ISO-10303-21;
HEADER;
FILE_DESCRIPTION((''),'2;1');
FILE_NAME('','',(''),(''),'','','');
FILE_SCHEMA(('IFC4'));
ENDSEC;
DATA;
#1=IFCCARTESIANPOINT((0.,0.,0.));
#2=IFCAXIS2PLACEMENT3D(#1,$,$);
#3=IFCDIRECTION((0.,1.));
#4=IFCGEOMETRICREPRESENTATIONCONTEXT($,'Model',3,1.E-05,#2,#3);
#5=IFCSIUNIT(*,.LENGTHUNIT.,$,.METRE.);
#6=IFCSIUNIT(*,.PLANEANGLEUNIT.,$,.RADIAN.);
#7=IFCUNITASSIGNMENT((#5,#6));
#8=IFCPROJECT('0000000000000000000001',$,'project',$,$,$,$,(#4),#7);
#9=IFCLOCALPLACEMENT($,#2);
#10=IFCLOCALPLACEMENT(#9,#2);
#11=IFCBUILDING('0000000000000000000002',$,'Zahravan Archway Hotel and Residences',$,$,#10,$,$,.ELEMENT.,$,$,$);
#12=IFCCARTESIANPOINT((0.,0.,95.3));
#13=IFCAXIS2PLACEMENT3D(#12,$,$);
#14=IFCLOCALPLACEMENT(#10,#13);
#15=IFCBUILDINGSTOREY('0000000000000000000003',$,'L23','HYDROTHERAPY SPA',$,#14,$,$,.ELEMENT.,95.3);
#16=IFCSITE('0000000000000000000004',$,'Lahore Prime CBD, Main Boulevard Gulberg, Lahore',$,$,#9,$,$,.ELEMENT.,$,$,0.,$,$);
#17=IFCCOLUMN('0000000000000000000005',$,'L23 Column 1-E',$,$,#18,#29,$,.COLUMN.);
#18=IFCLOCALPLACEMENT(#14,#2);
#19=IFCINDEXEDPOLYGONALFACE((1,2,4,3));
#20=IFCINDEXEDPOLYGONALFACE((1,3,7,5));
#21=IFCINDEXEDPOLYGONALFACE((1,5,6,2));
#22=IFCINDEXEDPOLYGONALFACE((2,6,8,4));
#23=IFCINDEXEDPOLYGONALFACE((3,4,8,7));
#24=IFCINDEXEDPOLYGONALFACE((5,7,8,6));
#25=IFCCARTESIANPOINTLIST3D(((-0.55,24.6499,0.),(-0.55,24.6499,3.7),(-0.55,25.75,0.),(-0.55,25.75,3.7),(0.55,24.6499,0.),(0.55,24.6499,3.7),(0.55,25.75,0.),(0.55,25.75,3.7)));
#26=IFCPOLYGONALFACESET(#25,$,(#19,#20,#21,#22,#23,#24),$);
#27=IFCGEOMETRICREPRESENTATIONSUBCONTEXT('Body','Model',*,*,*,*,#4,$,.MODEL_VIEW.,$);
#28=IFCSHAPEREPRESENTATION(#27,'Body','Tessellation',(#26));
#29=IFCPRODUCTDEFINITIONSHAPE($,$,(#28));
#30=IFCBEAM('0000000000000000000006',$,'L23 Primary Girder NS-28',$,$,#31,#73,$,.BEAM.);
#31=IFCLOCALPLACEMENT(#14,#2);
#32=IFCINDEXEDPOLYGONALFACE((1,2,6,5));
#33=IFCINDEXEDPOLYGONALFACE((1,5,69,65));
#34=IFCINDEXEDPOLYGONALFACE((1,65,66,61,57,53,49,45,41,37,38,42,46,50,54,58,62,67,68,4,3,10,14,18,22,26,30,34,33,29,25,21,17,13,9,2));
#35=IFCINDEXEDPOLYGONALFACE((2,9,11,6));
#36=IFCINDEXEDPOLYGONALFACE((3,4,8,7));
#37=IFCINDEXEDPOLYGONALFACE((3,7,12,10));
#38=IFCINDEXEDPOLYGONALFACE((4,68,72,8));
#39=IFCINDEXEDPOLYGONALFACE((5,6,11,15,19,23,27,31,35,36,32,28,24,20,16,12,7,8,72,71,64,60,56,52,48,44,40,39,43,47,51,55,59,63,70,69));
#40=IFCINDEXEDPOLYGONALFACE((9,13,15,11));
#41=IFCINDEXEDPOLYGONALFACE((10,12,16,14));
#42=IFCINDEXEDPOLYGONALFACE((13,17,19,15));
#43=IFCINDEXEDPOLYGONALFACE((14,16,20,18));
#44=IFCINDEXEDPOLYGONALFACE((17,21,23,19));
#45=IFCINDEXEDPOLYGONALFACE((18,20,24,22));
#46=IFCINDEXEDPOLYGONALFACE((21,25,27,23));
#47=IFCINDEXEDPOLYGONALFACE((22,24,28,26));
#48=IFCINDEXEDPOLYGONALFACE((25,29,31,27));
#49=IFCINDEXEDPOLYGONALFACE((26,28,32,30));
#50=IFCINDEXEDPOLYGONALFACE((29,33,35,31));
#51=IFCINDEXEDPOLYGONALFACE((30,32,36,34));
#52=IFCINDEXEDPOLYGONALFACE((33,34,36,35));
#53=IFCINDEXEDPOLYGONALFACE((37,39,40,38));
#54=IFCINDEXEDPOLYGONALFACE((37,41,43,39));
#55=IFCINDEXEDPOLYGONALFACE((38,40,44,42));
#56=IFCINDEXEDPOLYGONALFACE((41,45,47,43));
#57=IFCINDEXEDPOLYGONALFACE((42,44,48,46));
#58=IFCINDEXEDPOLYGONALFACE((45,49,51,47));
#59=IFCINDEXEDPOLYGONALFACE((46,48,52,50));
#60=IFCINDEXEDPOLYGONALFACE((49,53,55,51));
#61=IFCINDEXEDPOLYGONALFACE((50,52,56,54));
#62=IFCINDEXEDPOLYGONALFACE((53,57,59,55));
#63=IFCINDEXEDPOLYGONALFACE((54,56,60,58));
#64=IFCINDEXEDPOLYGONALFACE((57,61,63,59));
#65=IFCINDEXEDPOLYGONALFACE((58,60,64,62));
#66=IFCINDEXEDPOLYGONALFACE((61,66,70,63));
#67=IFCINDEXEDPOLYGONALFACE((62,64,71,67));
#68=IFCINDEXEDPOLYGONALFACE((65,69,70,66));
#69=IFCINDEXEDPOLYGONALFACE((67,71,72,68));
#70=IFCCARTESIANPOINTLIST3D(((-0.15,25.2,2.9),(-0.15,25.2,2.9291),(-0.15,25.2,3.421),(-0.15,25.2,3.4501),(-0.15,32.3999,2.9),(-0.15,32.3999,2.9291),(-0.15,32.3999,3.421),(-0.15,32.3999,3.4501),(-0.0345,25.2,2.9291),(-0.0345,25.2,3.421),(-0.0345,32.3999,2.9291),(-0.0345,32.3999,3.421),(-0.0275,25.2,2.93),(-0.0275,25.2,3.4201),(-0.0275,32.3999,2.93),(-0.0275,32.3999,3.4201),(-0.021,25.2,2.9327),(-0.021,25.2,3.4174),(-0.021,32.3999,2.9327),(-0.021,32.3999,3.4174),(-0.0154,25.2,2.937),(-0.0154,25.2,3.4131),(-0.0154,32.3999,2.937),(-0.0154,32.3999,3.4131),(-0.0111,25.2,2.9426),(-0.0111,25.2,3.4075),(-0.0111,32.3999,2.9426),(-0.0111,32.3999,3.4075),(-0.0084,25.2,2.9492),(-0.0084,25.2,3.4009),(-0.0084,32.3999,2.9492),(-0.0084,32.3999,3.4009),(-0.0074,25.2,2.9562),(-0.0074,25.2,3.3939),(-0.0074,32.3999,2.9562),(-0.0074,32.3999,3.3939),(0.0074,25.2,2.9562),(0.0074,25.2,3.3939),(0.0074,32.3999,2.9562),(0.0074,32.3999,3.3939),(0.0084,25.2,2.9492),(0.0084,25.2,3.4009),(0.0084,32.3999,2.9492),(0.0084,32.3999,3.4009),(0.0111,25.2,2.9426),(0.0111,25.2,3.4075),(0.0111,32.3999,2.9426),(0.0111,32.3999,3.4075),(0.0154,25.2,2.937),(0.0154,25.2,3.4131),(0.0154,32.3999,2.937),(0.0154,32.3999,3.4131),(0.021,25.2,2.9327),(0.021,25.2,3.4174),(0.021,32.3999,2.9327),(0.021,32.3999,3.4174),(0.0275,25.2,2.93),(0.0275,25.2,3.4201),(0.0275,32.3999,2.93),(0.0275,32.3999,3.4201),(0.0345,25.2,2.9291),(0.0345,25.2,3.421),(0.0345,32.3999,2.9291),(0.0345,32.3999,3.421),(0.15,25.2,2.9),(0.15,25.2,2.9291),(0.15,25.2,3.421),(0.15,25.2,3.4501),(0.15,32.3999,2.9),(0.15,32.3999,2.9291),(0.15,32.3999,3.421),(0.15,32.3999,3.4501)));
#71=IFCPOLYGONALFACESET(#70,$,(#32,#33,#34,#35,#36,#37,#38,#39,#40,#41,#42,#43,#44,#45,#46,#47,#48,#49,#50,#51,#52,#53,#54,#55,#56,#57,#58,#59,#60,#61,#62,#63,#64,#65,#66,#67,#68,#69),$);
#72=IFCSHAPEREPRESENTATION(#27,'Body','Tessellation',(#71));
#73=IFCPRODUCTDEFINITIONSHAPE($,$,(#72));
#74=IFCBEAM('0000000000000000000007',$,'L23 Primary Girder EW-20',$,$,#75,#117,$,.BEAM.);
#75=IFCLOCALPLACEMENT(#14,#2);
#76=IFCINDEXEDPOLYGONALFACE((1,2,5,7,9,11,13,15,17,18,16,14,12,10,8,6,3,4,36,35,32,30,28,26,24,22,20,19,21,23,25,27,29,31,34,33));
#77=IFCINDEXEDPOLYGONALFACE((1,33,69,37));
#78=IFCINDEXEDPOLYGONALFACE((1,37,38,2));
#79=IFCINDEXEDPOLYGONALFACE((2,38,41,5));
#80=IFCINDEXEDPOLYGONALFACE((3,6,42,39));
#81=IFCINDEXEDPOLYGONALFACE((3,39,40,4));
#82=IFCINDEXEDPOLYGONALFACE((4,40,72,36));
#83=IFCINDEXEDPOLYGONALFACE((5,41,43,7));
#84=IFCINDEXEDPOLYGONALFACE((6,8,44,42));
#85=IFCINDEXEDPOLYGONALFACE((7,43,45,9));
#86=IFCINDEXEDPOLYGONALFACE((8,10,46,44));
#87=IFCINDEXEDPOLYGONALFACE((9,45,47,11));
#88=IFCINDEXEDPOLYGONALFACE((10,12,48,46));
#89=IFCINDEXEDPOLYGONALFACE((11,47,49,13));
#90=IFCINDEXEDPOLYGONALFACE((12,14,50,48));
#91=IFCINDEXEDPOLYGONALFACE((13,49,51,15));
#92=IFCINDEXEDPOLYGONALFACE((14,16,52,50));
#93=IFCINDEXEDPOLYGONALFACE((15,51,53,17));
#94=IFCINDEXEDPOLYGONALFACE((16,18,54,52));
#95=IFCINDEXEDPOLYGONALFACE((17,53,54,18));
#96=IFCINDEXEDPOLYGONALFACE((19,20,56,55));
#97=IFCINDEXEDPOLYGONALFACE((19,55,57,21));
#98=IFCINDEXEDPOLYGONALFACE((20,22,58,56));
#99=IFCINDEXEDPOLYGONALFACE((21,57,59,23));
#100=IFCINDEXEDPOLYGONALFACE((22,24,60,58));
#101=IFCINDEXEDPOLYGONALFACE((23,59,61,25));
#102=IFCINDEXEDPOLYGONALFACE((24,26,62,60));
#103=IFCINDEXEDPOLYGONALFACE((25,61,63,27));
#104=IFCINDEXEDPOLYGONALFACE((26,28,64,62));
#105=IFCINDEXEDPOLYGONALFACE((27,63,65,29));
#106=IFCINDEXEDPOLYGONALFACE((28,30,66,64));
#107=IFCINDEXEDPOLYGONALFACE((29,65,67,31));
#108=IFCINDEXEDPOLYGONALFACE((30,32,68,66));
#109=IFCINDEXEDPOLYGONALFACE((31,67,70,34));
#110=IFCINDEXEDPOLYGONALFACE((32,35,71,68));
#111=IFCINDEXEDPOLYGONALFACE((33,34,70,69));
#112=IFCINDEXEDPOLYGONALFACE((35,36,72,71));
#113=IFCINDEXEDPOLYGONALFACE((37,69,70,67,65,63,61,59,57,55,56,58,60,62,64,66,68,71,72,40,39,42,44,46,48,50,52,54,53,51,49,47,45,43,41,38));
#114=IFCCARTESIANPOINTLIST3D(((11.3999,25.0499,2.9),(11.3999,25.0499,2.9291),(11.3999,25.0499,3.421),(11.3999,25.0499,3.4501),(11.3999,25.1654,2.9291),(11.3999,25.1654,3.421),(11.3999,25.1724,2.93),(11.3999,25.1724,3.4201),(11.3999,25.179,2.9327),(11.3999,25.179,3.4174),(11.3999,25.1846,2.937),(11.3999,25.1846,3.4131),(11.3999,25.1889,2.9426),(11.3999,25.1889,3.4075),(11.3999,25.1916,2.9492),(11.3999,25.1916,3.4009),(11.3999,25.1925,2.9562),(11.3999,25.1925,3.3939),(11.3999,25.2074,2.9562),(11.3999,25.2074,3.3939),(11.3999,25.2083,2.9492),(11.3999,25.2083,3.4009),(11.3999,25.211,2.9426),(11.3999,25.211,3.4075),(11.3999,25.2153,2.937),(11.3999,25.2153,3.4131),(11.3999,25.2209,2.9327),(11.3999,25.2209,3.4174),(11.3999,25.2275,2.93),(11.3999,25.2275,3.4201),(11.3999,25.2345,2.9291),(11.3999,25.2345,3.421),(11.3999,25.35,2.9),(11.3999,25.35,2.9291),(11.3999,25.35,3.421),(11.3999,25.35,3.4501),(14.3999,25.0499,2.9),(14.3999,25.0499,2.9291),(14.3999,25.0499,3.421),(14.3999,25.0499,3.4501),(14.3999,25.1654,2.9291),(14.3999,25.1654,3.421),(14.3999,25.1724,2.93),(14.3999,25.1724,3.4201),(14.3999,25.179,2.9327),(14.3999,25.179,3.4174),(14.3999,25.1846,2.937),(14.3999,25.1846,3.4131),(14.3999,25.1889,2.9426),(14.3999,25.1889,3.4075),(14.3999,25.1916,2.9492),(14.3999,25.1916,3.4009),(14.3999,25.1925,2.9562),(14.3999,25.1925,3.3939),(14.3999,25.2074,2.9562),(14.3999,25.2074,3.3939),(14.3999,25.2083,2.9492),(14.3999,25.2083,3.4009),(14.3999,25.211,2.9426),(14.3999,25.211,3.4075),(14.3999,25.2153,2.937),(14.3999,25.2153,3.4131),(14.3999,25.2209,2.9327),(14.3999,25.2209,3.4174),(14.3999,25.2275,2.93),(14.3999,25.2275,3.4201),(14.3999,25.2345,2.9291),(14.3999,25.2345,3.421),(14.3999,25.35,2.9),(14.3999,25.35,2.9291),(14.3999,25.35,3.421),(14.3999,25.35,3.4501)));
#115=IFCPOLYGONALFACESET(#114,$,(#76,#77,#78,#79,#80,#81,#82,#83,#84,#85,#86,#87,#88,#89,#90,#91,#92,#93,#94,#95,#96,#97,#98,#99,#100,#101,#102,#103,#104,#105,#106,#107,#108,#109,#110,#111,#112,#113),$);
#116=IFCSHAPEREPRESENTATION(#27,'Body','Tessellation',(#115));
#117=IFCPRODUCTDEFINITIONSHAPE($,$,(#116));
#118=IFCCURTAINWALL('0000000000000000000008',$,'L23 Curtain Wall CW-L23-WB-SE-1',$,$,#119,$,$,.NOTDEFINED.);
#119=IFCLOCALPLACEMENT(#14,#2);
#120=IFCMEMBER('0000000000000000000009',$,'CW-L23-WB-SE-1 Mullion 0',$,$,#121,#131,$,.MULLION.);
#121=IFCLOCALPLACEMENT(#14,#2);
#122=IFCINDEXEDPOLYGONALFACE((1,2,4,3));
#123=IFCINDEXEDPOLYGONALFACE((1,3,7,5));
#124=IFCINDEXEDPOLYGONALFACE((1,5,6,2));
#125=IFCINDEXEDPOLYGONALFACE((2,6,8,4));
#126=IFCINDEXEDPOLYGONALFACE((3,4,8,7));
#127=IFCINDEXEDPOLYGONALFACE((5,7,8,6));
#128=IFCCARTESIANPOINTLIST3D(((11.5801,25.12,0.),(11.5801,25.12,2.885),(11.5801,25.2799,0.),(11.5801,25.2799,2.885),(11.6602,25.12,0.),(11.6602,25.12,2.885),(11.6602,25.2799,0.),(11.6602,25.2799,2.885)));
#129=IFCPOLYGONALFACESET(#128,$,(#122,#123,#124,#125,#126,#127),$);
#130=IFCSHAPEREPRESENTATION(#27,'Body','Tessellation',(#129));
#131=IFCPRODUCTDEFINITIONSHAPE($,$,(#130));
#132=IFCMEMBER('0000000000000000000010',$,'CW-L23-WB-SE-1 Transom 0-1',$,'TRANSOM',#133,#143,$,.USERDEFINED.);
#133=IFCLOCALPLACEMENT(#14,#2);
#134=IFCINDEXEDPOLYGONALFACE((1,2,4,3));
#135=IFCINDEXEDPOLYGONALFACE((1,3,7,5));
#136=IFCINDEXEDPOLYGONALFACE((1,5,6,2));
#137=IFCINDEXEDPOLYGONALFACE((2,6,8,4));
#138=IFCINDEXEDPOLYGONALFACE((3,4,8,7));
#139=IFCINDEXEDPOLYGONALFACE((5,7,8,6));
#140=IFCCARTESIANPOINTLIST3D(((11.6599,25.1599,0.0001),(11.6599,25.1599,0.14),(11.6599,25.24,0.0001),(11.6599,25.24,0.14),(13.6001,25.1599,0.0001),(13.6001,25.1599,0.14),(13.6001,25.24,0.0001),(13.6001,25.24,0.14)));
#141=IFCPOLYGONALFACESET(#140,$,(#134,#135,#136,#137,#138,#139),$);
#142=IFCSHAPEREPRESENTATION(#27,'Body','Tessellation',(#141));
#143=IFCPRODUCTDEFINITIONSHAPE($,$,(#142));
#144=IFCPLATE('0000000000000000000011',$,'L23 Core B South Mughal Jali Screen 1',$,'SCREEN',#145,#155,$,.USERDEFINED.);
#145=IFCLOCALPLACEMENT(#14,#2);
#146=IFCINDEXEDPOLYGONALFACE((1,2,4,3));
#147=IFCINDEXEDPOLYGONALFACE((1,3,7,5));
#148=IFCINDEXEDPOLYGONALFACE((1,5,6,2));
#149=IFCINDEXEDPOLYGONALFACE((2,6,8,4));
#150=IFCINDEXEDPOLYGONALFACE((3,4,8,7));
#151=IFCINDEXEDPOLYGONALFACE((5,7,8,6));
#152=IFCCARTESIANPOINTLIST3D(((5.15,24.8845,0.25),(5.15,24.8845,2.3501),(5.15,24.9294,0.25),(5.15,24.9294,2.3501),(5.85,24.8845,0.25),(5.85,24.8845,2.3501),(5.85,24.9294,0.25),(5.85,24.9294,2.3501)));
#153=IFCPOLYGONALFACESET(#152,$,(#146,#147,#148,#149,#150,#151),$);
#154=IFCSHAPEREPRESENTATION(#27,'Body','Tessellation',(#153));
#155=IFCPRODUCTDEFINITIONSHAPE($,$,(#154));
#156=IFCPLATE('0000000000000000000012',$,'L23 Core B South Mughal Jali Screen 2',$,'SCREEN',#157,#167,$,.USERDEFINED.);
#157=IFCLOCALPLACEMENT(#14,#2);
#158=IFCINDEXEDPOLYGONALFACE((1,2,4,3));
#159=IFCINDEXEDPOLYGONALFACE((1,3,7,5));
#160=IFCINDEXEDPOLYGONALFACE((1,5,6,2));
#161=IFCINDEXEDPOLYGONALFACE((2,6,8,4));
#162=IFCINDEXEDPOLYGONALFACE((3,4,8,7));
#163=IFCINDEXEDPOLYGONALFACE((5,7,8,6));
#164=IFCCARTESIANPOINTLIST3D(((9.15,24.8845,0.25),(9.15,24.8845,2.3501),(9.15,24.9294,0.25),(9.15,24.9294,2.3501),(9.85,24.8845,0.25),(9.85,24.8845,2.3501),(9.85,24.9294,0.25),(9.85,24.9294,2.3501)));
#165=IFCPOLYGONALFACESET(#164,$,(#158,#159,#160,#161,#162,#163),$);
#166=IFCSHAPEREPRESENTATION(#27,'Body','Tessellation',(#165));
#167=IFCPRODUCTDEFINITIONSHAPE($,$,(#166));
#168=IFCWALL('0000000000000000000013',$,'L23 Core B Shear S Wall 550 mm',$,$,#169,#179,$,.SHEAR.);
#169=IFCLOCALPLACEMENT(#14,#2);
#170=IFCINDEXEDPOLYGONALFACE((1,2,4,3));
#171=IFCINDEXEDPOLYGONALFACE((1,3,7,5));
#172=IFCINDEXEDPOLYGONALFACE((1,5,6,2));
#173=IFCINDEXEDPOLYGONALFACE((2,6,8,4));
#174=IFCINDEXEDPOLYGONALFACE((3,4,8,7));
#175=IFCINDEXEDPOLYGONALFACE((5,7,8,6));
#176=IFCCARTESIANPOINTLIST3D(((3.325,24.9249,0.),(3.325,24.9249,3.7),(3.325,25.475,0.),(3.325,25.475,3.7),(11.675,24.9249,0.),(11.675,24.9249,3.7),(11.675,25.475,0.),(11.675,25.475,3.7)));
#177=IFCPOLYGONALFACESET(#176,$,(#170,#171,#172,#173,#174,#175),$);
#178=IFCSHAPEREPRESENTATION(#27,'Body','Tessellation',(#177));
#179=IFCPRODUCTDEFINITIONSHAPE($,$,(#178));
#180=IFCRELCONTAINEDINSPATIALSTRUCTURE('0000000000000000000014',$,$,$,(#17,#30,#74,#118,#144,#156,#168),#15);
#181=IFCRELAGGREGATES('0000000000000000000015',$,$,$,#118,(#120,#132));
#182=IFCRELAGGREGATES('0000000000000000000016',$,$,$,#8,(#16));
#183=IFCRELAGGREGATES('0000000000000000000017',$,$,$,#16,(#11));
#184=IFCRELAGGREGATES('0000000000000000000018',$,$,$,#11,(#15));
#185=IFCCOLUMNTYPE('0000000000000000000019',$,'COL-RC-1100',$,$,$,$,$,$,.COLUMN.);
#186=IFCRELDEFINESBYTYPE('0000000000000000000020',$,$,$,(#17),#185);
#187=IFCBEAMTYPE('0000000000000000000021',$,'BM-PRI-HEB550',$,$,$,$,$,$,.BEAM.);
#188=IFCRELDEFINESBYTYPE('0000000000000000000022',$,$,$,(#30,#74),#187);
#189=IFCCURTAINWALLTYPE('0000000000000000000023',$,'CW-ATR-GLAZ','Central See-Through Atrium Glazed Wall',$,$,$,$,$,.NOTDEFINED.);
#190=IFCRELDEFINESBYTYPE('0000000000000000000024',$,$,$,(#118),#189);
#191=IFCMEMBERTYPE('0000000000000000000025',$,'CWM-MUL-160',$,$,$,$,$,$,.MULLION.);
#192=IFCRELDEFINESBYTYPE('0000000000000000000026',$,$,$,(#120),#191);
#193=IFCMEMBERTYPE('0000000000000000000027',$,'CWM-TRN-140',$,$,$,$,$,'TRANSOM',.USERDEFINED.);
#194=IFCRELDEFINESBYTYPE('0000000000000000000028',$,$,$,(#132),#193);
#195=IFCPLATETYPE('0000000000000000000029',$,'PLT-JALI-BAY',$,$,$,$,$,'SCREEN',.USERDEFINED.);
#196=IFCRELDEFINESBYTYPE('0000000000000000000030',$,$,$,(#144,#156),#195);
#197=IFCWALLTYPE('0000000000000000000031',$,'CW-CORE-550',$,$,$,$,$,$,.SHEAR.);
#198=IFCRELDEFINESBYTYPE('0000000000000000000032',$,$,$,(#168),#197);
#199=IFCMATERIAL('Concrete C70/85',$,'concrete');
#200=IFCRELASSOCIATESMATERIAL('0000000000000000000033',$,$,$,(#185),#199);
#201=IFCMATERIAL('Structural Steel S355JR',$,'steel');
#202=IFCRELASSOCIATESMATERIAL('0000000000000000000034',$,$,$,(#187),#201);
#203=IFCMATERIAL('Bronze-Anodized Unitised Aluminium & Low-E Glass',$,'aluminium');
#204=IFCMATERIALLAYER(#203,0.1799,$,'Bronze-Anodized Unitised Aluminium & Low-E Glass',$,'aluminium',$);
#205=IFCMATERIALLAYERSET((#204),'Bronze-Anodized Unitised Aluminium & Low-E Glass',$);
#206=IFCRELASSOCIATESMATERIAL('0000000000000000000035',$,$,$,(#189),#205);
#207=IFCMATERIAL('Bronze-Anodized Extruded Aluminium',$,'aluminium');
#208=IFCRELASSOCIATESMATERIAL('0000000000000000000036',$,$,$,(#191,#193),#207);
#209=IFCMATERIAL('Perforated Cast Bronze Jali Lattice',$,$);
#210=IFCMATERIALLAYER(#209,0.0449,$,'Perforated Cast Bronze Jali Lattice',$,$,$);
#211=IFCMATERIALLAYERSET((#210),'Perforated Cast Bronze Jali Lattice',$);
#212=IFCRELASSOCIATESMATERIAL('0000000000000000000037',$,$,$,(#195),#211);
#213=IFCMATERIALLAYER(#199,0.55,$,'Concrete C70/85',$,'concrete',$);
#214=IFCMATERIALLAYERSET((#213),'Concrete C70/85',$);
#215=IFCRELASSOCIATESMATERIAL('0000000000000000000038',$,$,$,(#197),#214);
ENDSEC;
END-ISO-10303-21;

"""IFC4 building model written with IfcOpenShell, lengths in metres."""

from ifc_helpers import new_model, si_unit, direction, frame, frame_2d, origin, origin_2d, place, context, subcontext, project, spatial, rectangle, i_section, extrude, source, transform, mapped, material, layer, layer_set, material_profile, profile_set, type_object, type_shapes, element, aggregate, save


model = new_model("IFC4")

# Units and contexts
model_context = context("Model", 3, precision=1e-05, world=origin(), true_north=direction((0.0, 1.0)))
body_context = subcontext(model_context, "Body", "Model", "MODEL_VIEW")
ifc_project = project(units=[si_unit("LENGTHUNIT", "METRE"), si_unit("PLANEANGLEUNIT", "RADIAN")], contexts=[model_context])

# Site, building, storey
site_placement = place(None, origin())
site = spatial("IfcSite", under=ifc_project, at=site_placement, Name="Lahore Prime CBD, Main Boulevard Gulberg, Lahore", CompositionType="ELEMENT", RefElevation=0.0)
building_placement = place(site_placement, origin())
building = spatial("IfcBuilding", under=site, at=building_placement, Name="Zahravan Archway Hotel and Residences", CompositionType="ELEMENT")
storey_placement = place(building_placement, frame((0.0, 0.0, 95.3)))
storey = spatial("IfcBuildingStorey", under=building, at=storey_placement, Name="L23", Description="HYDROTHERAPY SPA", CompositionType="ELEMENT", Elevation=95.3)

# Column
ifc_material_1 = material(Name="Concrete C70/85", Category="concrete")
ifc_material_profile_1 = material_profile(ifc_material_1, rectangle(XDim=1.1001, YDim=1.1001, at=origin_2d()), Name="RC 1100x1100", Category="concrete")
ifc_profile_set_1 = profile_set([ifc_material_profile_1], Name="Concrete C70/85")
column_type = type_object("IfcColumnType", Name="COL-RC-1100", PredefinedType="COLUMN", material=ifc_profile_set_1)
shared_shape_1 = source(origin(), body_context, "Body", "SweptSolid", [
    extrude(rectangle(XDim=1.1001, YDim=1.1001, at=origin_2d()), origin(), (0.0, 0.0, 1.0), 3.7),
])
column_placement = place(storey_placement, frame((0.0, 25.2, 0.0), z_axis=(0.0, 0.0, 1.0), x_axis=(1.0, 0.0, 0.0)))
element("IfcColumn", 1, at=column_placement, inside=storey, type_object=column_type, Name="L23 Column 1-E", PredefinedType="COLUMN", context=body_context, shape_type="MappedRepresentation", body=[
    mapped(shared_shape_1, transform((0.0, 0.0, 0.0), scale=1.0)),
])

# Beams
ifc_material_2 = material(Name="Structural Steel S355JR", Category="steel")
ifc_material_profile_2 = material_profile(ifc_material_2, i_section(OverallWidth=0.3, OverallDepth=0.55, WebThickness=0.0149, FlangeThickness=0.0291, FilletRadius=0.0271, at=origin_2d()), Name="HEB 550", Category="steel")
ifc_profile_set_2 = profile_set([ifc_material_profile_2], Name="Structural Steel S355JR")
beam_type = type_object("IfcBeamType", Name="BM-PRI-HEB550", PredefinedType="BEAM", material=ifc_profile_set_2)
shared_shape_2 = source(origin(), body_context, "Body", "SweptSolid", [
    extrude(i_section(OverallWidth=0.3, OverallDepth=0.55, WebThickness=0.0149, FlangeThickness=0.0291, FilletRadius=0.0271, at=origin_2d()), origin(), (0.0, 0.0, 1.0), 7.2),
])
beam_1_placement = place(storey_placement, frame((0.0, 25.2, 3.175), z_axis=(0.0, 1.0, 0.0), x_axis=(-1.0, 0.0, 0.0)))
element("IfcBeam", 2, at=beam_1_placement, inside=storey, type_object=beam_type, Name="L23 Primary Girder NS-28", PredefinedType="BEAM", context=body_context, shape_type="MappedRepresentation", body=[
    mapped(shared_shape_2, transform((0.0, 0.0, 0.0), scale=1.0)),
])
shared_shape_3 = source(origin(), body_context, "Body", "SweptSolid", [
    extrude(i_section(OverallWidth=0.3, OverallDepth=0.55, WebThickness=0.0149, FlangeThickness=0.0291, FilletRadius=0.0271, at=origin_2d()), origin(), (0.0, 0.0, 1.0), 3.0),
])
beam_2_placement = place(storey_placement, frame((11.3999, 25.2, 3.175), z_axis=(1.0, 0.0, 0.0), x_axis=(0.0, 1.0, 0.0)))
element("IfcBeam", 3, at=beam_2_placement, inside=storey, type_object=beam_type, Name="L23 Primary Girder EW-20", PredefinedType="BEAM", context=body_context, shape_type="MappedRepresentation", body=[
    mapped(shared_shape_3, transform((0.0, 0.0, 0.0), scale=1.0)),
])

# Curtain wall, members
ifc_material_3 = material(Name="Bronze-Anodized Unitised Aluminium & Low-E Glass", Category="aluminium")
ifc_layer_1 = layer(ifc_material_3, 0.1799, Name="Bronze-Anodized Unitised Aluminium & Low-E Glass", Category="aluminium")
ifc_layer_set_1 = layer_set([ifc_layer_1], Name="Bronze-Anodized Unitised Aluminium & Low-E Glass")
curtain_wall_type = type_object("IfcCurtainWallType", Name="CW-ATR-GLAZ", Description="Central See-Through Atrium Glazed Wall", PredefinedType="NOTDEFINED", material=ifc_layer_set_1)
curtain_wall_placement = place(storey_placement, origin())
curtain_wall = element("IfcCurtainWall", 4, at=curtain_wall_placement, inside=storey, type_object=curtain_wall_type, Name="L23 Curtain Wall CW-L23-WB-SE-1", PredefinedType="NOTDEFINED")
ifc_material_4 = material(Name="Bronze-Anodized Extruded Aluminium", Category="aluminium")
ifc_material_profile_3 = material_profile(ifc_material_4, rectangle(XDim=0.0801, YDim=0.1599, at=origin_2d()), Name="MUL 80x160", Category="aluminium")
ifc_profile_set_3 = profile_set([ifc_material_profile_3], Name="Bronze-Anodized Extruded Aluminium")
member_type_1 = type_object("IfcMemberType", Name="CWM-MUL-160", PredefinedType="MULLION", material=ifc_profile_set_3)
shared_shape_4 = source(origin(), body_context, "Body", "SweptSolid", [
    extrude(rectangle(XDim=0.0801, YDim=0.1599, at=origin_2d()), origin(), (0.0, 0.0, 1.0), 2.885),
])
member_1_placement = place(storey_placement, frame((11.6201, 25.2, 0.0), z_axis=(0.0, 0.0, 1.0), x_axis=(1.0, 0.0, 0.0)))
member_1 = element("IfcMember", 5, at=member_1_placement, type_object=member_type_1, Name="CW-L23-WB-SE-1 Mullion 0", PredefinedType="MULLION", context=body_context, shape_type="MappedRepresentation", body=[
    mapped(shared_shape_4, transform((0.0, 0.0, 0.0), scale=1.0)),
])
ifc_material_profile_4 = material_profile(ifc_material_4, rectangle(XDim=0.0801, YDim=0.1399, at=origin_2d()), Name="TRN 80x140", Category="aluminium")
ifc_profile_set_4 = profile_set([ifc_material_profile_4], Name="Bronze-Anodized Extruded Aluminium")
member_type_2 = type_object("IfcMemberType", Name="CWM-TRN-140", ElementType="TRANSOM", PredefinedType="USERDEFINED", material=ifc_profile_set_4)
shared_shape_5 = source(origin(), body_context, "Body", "SweptSolid", [
    extrude(rectangle(XDim=0.0801, YDim=0.1399, at=origin_2d()), origin(), (0.0, 0.0, 1.0), 1.9402),
])
member_2_placement = place(storey_placement, frame((11.6599, 25.2, 0.0701), z_axis=(1.0, 0.0, 0.0), x_axis=(0.0, 1.0, 0.0)))
member_2 = element("IfcMember", 6, at=member_2_placement, type_object=member_type_2, Name="CW-L23-WB-SE-1 Transom 0-1", ObjectType="TRANSOM", PredefinedType="USERDEFINED", context=body_context, shape_type="MappedRepresentation", body=[
    mapped(shared_shape_5, transform((0.0, 0.0, 0.0), scale=1.0)),
])
aggregate(curtain_wall, [member_1, member_2])

# Plates
ifc_material_5 = material(Name="Perforated Cast Bronze Jali Lattice")
ifc_layer_2 = layer(ifc_material_5, 0.0449, Name="Perforated Cast Bronze Jali Lattice")
ifc_layer_set_2 = layer_set([ifc_layer_2], Name="Perforated Cast Bronze Jali Lattice")
plate_type = type_object("IfcPlateType", Name="PLT-JALI-BAY", ElementType="SCREEN", PredefinedType="USERDEFINED", material=ifc_layer_set_2)
shared_shape_6 = source(origin(), body_context, "Body", "SweptSolid", [
    extrude(rectangle(XDim=0.7, YDim=0.0449, at=origin_2d()), origin(), (0.0, 0.0, 1.0), 2.1001),
])
type_shapes(plate_type, [shared_shape_6])
for number, where, z_axis, x_axis, name in (
    (7, (5.5, 24.907, 0.25), (0.0, 0.0, 1.0), (1.0, 0.0, 0.0), "L23 Core B South Mughal Jali Screen 1"),
    (8, (9.5, 24.907, 0.25), (0.0, 0.0, 1.0), (1.0, 0.0, 0.0), "L23 Core B South Mughal Jali Screen 2"),
):
    element("IfcPlate", number, at=place(storey_placement, frame(where, z_axis=z_axis, x_axis=x_axis)), inside=storey, type_object=plate_type, Name=name, ObjectType="SCREEN", PredefinedType="USERDEFINED", context=body_context, shape_type="MappedRepresentation", body=[
        mapped(shared_shape_6, transform((0.0, 0.0, 0.0), scale=1.0)),
    ])

# Wall
ifc_layer_3 = layer(ifc_material_1, 0.55, Name="Concrete C70/85", Category="concrete")
ifc_layer_set_3 = layer_set([ifc_layer_3], Name="Concrete C70/85")
wall_type_1 = type_object("IfcWallType", Name="CW-CORE-550", PredefinedType="SHEAR", material=ifc_layer_set_3)
wall_1_placement = place(storey_placement, frame((3.325, 25.2, 0.0), z_axis=(0.0, 0.0, 1.0), x_axis=(1.0, 0.0, 0.0)))
element("IfcWall", 9, at=wall_1_placement, inside=storey, type_object=wall_type_1, Name="L23 Core B Shear S Wall 550 mm", PredefinedType="SHEAR", context=body_context, shape_type="SweptSolid", body=[
    extrude(rectangle(XDim=8.3501, YDim=0.55, at=frame_2d((4.175, 0.0))), origin(), (0.0, 0.0, 1.0), 3.7),
])

save(model, "model.ifc")
